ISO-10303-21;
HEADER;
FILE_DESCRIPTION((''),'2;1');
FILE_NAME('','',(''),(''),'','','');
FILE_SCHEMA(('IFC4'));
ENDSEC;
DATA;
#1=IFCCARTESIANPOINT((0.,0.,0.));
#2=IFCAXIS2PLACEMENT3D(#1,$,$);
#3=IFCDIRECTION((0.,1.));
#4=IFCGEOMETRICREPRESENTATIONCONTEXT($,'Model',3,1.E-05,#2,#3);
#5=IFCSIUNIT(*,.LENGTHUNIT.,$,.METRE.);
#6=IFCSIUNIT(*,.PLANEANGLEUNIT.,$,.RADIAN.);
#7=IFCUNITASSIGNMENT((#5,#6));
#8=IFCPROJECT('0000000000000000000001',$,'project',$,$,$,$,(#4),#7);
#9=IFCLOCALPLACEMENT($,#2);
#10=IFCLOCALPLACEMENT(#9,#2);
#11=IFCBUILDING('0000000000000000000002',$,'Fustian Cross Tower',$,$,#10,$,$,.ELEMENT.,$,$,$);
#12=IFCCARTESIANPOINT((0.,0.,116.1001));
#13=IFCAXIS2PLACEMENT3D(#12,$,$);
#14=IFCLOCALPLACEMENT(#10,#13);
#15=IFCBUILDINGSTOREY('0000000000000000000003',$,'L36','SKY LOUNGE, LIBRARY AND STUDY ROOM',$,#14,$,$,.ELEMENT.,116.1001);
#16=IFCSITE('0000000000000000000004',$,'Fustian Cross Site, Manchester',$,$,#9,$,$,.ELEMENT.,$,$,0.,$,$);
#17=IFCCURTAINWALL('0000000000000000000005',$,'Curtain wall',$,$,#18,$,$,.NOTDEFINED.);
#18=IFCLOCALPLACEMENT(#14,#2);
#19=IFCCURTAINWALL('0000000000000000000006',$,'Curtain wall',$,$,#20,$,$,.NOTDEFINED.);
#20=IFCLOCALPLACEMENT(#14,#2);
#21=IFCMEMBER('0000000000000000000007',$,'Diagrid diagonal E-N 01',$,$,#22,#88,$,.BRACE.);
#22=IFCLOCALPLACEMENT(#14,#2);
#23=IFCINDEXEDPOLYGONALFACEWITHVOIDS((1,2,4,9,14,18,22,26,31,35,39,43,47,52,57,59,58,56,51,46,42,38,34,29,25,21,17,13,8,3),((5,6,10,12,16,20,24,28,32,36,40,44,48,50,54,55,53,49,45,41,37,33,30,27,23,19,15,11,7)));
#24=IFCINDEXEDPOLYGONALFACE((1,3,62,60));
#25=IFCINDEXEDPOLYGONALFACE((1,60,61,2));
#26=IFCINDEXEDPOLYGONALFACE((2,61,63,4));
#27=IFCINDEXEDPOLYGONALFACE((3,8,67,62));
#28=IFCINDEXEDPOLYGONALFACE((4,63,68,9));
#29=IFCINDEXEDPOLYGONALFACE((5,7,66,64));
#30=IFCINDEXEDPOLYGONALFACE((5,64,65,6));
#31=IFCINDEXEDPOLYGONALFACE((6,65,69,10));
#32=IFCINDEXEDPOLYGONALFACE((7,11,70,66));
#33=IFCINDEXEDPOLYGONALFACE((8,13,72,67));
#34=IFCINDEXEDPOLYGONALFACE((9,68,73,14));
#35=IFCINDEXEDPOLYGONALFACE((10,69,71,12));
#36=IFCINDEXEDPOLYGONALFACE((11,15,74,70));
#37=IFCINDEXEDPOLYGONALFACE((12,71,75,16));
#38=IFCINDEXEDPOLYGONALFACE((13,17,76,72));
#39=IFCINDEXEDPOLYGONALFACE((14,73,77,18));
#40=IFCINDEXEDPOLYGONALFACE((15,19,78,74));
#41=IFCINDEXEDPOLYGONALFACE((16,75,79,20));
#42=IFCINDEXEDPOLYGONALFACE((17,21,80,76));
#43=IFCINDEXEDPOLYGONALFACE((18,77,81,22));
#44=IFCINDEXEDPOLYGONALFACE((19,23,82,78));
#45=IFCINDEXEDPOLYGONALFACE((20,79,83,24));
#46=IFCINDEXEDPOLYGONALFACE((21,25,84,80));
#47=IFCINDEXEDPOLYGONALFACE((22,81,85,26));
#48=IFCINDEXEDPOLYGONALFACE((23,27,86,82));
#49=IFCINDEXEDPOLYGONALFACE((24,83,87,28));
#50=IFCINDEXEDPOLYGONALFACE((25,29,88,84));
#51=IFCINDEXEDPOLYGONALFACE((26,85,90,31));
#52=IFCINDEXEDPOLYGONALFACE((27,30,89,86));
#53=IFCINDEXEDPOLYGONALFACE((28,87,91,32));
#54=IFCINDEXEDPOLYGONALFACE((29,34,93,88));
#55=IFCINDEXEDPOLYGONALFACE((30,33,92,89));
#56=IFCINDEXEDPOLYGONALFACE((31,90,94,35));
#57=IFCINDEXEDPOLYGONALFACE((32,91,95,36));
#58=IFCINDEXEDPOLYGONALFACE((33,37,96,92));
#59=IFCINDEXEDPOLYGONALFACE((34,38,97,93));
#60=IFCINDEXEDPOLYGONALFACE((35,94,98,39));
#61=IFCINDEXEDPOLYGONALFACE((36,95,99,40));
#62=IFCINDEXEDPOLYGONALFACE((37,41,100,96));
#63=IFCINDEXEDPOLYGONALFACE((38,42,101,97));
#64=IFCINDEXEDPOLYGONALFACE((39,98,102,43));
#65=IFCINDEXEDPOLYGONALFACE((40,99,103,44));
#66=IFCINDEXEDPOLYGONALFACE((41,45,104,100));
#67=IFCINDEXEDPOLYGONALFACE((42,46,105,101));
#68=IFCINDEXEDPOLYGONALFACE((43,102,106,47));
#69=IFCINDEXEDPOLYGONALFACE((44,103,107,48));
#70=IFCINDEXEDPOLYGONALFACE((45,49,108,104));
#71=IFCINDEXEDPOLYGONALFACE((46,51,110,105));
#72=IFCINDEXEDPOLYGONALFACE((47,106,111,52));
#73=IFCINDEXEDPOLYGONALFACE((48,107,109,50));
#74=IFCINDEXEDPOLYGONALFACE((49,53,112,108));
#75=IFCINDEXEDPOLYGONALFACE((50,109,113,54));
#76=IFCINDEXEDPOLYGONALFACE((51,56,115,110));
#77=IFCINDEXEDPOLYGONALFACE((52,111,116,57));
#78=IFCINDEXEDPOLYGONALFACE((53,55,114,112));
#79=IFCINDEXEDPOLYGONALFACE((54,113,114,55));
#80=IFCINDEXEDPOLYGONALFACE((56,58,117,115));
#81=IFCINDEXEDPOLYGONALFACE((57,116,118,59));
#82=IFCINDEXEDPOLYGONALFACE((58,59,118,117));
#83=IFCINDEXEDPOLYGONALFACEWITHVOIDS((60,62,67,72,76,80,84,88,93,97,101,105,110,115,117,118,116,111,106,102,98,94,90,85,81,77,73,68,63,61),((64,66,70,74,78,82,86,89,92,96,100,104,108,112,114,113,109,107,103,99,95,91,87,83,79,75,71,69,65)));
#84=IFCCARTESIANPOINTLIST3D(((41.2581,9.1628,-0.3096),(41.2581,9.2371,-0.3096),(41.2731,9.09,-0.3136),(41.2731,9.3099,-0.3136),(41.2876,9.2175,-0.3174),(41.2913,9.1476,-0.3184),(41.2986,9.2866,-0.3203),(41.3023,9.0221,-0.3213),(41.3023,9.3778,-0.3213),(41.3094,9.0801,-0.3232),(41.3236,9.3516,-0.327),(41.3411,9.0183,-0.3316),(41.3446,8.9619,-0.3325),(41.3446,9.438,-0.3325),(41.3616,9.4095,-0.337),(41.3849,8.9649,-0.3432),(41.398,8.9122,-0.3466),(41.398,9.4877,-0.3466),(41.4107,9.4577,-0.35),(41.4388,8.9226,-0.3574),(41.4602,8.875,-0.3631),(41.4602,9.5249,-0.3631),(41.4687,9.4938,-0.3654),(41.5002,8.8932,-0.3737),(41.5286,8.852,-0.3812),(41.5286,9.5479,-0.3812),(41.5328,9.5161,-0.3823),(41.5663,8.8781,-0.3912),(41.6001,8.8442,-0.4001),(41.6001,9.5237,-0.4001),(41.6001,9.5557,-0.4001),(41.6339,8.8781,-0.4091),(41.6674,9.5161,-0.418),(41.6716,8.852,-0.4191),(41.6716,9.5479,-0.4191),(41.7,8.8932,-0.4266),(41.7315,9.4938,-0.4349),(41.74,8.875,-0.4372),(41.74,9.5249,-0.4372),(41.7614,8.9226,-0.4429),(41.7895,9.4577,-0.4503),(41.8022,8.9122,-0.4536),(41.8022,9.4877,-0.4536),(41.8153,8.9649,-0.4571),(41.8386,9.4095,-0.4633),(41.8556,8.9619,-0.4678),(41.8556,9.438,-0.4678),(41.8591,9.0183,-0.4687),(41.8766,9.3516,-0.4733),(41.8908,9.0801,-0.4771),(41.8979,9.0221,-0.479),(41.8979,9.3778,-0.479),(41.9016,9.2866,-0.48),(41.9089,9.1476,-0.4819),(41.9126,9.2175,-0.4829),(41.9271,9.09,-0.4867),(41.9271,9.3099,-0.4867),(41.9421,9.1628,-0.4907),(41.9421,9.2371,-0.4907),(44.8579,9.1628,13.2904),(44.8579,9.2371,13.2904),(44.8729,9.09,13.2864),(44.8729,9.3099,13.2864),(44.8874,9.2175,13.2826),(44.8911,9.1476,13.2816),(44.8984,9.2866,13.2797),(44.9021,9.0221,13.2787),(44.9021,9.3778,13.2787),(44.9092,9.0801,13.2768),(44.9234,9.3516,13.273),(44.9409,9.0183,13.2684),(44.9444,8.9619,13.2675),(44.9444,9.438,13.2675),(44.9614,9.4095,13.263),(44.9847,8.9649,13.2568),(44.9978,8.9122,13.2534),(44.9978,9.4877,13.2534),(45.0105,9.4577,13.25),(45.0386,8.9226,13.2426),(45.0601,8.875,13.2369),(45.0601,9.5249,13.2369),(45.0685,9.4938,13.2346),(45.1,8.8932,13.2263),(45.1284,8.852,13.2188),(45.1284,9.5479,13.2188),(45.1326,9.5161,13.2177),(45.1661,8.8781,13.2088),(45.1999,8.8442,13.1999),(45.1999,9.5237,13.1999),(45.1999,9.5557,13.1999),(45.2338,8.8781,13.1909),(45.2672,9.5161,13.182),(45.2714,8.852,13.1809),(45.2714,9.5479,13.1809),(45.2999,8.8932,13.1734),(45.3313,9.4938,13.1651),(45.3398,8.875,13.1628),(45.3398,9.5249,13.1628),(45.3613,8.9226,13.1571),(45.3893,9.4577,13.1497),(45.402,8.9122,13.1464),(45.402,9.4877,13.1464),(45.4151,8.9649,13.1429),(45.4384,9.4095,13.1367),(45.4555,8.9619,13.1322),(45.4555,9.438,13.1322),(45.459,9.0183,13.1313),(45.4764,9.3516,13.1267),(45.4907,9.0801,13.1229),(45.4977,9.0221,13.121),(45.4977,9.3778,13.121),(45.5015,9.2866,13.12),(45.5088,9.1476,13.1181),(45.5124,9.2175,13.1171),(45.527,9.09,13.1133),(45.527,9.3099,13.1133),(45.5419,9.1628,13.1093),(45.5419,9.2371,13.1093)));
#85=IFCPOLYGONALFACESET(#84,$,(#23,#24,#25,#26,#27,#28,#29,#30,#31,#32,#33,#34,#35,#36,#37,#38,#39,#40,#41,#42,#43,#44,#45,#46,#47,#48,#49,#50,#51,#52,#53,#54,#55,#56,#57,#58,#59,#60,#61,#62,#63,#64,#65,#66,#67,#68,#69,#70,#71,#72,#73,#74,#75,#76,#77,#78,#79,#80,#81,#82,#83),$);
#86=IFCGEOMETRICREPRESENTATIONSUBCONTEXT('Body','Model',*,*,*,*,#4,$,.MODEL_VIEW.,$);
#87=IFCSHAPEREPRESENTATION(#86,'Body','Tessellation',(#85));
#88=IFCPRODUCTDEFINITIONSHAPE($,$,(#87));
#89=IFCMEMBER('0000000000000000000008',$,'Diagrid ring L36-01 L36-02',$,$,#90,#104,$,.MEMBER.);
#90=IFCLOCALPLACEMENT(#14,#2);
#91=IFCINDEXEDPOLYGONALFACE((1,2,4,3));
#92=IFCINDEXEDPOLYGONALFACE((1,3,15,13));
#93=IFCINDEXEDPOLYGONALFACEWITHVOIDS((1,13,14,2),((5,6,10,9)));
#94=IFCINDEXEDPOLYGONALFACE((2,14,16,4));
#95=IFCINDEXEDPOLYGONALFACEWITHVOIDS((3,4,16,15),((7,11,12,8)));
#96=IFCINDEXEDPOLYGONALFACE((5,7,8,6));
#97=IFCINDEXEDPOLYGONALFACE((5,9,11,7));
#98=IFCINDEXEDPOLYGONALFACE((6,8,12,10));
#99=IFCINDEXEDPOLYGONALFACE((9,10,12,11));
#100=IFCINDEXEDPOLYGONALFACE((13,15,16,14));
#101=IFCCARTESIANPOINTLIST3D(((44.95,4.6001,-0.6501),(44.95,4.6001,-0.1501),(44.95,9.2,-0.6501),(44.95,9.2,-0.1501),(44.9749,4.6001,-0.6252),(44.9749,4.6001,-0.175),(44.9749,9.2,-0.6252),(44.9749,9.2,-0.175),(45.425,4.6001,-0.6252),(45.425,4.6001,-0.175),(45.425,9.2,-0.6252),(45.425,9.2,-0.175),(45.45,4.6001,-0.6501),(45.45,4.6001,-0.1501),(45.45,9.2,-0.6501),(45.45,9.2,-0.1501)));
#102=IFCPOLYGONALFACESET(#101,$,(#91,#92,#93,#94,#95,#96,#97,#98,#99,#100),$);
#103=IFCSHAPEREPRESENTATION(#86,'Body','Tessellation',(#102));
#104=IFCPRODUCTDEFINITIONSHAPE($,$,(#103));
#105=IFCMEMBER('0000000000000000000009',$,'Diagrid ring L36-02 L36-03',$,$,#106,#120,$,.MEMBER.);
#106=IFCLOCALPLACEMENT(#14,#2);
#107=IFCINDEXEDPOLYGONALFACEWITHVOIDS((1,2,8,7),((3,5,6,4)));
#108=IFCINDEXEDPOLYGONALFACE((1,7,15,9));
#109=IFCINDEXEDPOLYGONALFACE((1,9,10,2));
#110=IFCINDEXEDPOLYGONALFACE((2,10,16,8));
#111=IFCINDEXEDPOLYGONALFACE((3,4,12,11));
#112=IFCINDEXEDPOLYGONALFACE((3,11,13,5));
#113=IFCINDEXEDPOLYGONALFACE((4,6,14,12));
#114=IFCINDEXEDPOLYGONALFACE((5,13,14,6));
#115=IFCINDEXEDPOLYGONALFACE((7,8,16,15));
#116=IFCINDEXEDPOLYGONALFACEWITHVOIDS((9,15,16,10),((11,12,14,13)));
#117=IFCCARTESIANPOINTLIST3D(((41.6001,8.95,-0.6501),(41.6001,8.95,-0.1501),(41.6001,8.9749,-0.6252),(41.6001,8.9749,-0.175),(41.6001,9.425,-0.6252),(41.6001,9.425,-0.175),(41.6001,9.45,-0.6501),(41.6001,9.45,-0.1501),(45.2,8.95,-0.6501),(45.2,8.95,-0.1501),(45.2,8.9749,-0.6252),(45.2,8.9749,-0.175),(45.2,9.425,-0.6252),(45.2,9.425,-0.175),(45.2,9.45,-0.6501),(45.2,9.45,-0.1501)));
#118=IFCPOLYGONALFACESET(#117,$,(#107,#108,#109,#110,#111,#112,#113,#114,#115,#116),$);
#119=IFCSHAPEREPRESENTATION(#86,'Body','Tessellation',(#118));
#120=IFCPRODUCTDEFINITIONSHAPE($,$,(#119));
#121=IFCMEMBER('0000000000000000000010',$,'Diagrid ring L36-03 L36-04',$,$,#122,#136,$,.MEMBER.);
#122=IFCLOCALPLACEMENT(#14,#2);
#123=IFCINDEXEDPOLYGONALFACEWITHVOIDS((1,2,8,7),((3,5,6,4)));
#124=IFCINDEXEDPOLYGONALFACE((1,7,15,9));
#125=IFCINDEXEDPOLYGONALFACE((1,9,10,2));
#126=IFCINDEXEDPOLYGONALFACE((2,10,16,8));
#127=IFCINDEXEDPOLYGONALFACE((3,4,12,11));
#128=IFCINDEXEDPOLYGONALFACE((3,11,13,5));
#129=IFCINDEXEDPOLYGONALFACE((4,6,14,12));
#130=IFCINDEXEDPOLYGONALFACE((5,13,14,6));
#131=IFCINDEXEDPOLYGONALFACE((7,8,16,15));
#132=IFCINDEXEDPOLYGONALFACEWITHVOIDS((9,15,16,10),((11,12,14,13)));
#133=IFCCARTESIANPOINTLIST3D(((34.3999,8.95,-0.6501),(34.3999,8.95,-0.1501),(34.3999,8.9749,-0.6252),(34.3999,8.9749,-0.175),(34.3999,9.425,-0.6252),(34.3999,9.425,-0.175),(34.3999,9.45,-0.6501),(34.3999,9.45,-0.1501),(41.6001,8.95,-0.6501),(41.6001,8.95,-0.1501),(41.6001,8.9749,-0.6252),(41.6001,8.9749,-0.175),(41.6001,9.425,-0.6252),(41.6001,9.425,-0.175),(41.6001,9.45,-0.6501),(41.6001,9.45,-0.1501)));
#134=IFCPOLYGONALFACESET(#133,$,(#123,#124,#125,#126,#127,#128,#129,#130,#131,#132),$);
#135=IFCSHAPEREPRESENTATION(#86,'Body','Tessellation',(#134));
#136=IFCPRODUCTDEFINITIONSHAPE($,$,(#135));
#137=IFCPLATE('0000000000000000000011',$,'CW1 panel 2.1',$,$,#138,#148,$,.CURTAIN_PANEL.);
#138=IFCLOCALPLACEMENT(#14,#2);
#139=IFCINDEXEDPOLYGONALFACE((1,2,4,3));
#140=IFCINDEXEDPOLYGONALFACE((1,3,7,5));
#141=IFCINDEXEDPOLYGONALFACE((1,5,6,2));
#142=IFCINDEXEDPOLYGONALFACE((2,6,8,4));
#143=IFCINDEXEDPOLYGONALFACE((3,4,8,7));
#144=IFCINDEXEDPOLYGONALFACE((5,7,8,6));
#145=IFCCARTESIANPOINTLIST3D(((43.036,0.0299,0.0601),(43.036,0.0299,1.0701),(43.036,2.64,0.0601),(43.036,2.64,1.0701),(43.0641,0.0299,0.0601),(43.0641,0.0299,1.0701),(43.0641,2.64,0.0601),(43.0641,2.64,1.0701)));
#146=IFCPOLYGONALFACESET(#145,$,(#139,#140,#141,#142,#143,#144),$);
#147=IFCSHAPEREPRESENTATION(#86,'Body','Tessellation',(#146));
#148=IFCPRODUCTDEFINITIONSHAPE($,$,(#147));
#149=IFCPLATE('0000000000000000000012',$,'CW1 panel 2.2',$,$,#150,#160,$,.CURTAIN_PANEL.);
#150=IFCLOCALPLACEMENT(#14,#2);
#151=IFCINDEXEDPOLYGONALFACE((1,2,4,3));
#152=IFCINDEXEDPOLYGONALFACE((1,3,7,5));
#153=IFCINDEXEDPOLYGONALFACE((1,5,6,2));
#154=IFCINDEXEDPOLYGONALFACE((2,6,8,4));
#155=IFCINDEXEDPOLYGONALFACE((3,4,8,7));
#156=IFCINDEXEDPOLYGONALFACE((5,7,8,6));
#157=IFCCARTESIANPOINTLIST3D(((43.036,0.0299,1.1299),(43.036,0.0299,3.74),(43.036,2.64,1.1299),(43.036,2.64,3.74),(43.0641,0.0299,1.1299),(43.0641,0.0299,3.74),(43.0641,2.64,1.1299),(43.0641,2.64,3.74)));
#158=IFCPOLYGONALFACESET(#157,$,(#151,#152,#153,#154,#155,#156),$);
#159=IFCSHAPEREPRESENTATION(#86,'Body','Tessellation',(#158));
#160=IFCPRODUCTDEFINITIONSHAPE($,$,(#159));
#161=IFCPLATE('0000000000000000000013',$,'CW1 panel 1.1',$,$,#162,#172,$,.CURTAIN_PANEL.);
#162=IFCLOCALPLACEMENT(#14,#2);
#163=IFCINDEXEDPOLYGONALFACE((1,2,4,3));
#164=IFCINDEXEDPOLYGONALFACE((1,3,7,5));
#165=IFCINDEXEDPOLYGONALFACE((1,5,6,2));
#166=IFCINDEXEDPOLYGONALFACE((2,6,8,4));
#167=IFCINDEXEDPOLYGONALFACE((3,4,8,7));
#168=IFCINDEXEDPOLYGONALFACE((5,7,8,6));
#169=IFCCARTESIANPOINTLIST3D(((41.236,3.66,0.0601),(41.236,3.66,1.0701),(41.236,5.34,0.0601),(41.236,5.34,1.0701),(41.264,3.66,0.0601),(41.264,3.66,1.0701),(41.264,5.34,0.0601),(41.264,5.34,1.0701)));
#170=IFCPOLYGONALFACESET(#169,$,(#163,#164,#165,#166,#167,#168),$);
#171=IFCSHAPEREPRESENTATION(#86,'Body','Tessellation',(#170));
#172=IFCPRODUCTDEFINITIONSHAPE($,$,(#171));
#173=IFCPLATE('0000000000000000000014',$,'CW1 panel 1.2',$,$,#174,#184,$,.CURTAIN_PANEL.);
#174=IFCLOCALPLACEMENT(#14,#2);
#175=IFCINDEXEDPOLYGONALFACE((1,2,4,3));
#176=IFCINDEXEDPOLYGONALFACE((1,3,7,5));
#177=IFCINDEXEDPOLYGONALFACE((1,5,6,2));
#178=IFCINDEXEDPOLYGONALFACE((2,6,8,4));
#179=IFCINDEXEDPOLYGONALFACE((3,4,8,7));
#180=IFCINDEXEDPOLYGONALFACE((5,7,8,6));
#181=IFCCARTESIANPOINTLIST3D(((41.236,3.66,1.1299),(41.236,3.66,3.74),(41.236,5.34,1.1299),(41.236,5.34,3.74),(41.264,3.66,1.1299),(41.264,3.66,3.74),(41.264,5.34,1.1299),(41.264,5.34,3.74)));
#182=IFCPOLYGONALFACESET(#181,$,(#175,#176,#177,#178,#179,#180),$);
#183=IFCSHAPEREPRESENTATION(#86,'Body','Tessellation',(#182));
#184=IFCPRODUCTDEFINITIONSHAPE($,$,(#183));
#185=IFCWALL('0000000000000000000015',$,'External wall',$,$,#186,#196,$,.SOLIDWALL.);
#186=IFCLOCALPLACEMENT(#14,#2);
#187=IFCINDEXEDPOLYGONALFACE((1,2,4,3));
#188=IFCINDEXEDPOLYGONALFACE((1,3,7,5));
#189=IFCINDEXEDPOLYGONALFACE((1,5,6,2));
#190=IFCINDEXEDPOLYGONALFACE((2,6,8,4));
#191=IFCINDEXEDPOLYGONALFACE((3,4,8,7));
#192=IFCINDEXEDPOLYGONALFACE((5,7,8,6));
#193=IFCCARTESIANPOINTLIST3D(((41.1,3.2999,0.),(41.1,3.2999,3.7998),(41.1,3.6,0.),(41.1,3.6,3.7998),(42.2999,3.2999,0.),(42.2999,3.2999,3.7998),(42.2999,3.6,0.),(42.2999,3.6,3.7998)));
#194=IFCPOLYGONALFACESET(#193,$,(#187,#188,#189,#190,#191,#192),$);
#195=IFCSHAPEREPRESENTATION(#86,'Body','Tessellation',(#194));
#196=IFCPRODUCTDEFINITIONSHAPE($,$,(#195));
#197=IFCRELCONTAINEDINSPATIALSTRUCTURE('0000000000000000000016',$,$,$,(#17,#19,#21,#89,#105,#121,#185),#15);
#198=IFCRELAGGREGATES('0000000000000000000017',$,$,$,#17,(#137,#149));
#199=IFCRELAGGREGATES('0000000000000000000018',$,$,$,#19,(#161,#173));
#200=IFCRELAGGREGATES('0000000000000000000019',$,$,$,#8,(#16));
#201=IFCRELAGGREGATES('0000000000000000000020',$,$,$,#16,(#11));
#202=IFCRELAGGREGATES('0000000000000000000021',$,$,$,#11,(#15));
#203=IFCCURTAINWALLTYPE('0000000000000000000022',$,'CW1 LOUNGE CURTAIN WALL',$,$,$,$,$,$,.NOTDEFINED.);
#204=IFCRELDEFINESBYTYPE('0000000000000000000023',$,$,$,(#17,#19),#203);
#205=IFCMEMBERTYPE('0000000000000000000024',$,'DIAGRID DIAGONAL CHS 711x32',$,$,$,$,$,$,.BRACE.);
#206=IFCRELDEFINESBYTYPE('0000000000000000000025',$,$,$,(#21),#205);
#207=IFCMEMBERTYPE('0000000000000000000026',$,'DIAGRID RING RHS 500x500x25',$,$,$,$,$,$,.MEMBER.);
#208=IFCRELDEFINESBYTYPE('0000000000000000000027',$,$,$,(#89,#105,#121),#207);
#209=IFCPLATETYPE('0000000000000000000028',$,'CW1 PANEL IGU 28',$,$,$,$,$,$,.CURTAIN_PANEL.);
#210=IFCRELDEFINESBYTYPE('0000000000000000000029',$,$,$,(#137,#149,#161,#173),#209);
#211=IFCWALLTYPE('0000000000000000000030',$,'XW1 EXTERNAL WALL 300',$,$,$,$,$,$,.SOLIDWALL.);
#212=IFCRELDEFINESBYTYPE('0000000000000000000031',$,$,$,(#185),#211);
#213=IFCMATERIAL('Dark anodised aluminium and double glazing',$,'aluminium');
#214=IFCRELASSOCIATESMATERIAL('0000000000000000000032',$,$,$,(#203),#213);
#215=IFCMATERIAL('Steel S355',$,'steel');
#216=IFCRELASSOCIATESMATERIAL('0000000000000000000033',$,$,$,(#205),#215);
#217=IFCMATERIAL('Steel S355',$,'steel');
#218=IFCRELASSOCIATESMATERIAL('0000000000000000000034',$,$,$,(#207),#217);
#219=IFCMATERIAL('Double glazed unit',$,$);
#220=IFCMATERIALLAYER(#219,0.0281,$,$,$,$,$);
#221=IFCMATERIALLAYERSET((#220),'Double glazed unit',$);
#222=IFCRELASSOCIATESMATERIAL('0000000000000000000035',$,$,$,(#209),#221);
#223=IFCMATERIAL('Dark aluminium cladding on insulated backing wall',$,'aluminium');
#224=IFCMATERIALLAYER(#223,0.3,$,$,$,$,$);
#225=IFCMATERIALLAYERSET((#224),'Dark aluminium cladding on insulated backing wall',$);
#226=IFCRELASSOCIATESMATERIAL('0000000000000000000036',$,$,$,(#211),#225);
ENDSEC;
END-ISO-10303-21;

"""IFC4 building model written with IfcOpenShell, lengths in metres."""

from ifc_helpers import new_model, si_unit, direction, frame, frame_2d, origin, origin_2d, place, context, subcontext, project, spatial, rectangle, hollow_rectangle, hollow_circle, extrude, material, layer, layer_set, material_profile, profile_set, type_object, element, aggregate, save


model = new_model("IFC4")

# Units and contexts
model_context = context("Model", 3, precision=1e-05, world=origin(), true_north=direction((0.0, 1.0)))
body_context = subcontext(model_context, "Body", "Model", "MODEL_VIEW")
ifc_project = project(units=[si_unit("LENGTHUNIT", "METRE"), si_unit("PLANEANGLEUNIT", "RADIAN")], contexts=[model_context])

# Site, building, storey
site_placement = place(None, origin())
site = spatial("IfcSite", under=ifc_project, at=site_placement, Name="Fustian Cross Site, Manchester", CompositionType="ELEMENT", RefElevation=0.0)
building_placement = place(site_placement, origin())
building = spatial("IfcBuilding", under=site, at=building_placement, Name="Fustian Cross Tower", CompositionType="ELEMENT")
storey_placement = place(building_placement, frame((0.0, 0.0, 116.1001)))
storey = spatial("IfcBuildingStorey", under=building, at=storey_placement, Name="L36", Description="SKY LOUNGE, LIBRARY AND STUDY ROOM", CompositionType="ELEMENT", Elevation=116.1001)

# Curtain wall
ifc_material_1 = material(Name="Dark anodised aluminium and double glazing", Category="aluminium")
curtain_wall_type = type_object("IfcCurtainWallType", Name="CW1 LOUNGE CURTAIN WALL", PredefinedType="NOTDEFINED", material=ifc_material_1)
curtain_wall_1_placement = place(storey_placement, origin())
curtain_wall_1 = element("IfcCurtainWall", 1, at=curtain_wall_1_placement, inside=storey, type_object=curtain_wall_type, Name="Curtain wall", PredefinedType="NOTDEFINED")

# Curtain wall
curtain_wall_2_placement = place(storey_placement, origin())
curtain_wall_2 = element("IfcCurtainWall", 2, at=curtain_wall_2_placement, inside=storey, type_object=curtain_wall_type, Name="Curtain wall", PredefinedType="NOTDEFINED")

# Members
ifc_material_2 = material(Name="Steel S355", Category="steel")
ifc_material_profile_1 = material_profile(ifc_material_2, hollow_circle(Radius=0.3557, WallThickness=0.032, at=origin_2d()), Name="CHS 711x32")
ifc_profile_set_1 = profile_set([ifc_material_profile_1], Name="Steel S355")
member_type_1 = type_object("IfcMemberType", Name="DIAGRID DIAGONAL CHS 711x32", PredefinedType="BRACE", material=ifc_profile_set_1)
member_1_placement = place(storey_placement, frame((41.6001, 9.2, -0.4001), z_axis=(0.255881, 0.0, 0.966708), x_axis=(0.0, 1.0, 0.0)))
element("IfcMember", 3, at=member_1_placement, inside=storey, type_object=member_type_1, Name="Diagrid diagonal E-N 01", PredefinedType="BRACE", context=body_context, shape_type="SweptSolid", body=[
    extrude(hollow_circle(Radius=0.3557, WallThickness=0.032, at=origin_2d()), origin(), (0.0, 0.0, 1.0), 14.0684),
])
ifc_material_3 = material(Name="Steel S355", Category="steel")
ifc_material_profile_2 = material_profile(ifc_material_3, hollow_rectangle(XDim=0.5, YDim=0.5, WallThickness=0.0249, at=origin_2d()), Name="RHS 500x500x25")
ifc_profile_set_2 = profile_set([ifc_material_profile_2], Name="Steel S355")
member_type_2 = type_object("IfcMemberType", Name="DIAGRID RING RHS 500x500x25", PredefinedType="MEMBER", material=ifc_profile_set_2)
member_2_placement = place(storey_placement, frame((45.2, 4.6001, -0.4001), z_axis=(0.0, 1.0, 0.0), x_axis=(-1.0, 0.0, 0.0)))
element("IfcMember", 4, at=member_2_placement, inside=storey, type_object=member_type_2, Name="Diagrid ring L36-01 L36-02", PredefinedType="MEMBER", context=body_context, shape_type="SweptSolid", body=[
    extrude(hollow_rectangle(XDim=0.5, YDim=0.5, WallThickness=0.0249, at=origin_2d()), origin(), (0.0, 0.0, 1.0), 4.5999),
])
member_3_placement = place(storey_placement, frame((45.2, 9.2, -0.4001), z_axis=(-1.0, 0.0, 0.0), x_axis=(0.0, -1.0, 0.0)))
element("IfcMember", 5, at=member_3_placement, inside=storey, type_object=member_type_2, Name="Diagrid ring L36-02 L36-03", PredefinedType="MEMBER", context=body_context, shape_type="SweptSolid", body=[
    extrude(hollow_rectangle(XDim=0.5, YDim=0.5, WallThickness=0.0249, at=origin_2d()), origin(), (0.0, 0.0, 1.0), 3.5999),
])
member_4_placement = place(storey_placement, frame((41.6001, 9.2, -0.4001), z_axis=(-1.0, 0.0, 0.0), x_axis=(0.0, -1.0, 0.0)))
element("IfcMember", 6, at=member_4_placement, inside=storey, type_object=member_type_2, Name="Diagrid ring L36-03 L36-04", PredefinedType="MEMBER", context=body_context, shape_type="SweptSolid", body=[
    extrude(hollow_rectangle(XDim=0.5, YDim=0.5, WallThickness=0.0249, at=origin_2d()), origin(), (0.0, 0.0, 1.0), 7.2002),
])

# Plates
ifc_material_4 = material(Name="Double glazed unit")
ifc_layer_1 = layer(ifc_material_4, 0.0281)
ifc_layer_set_1 = layer_set([ifc_layer_1], Name="Double glazed unit")
plate_type = type_object("IfcPlateType", Name="CW1 PANEL IGU 28", PredefinedType="CURTAIN_PANEL", material=ifc_layer_set_1)
plate_1_placement = place(storey_placement, frame((43.05, 1.335, 0.0601), z_axis=(0.0, 0.0, 1.0), x_axis=(0.0, 1.0, 0.0)))
plate_1 = element("IfcPlate", 7, at=plate_1_placement, type_object=plate_type, Name="CW1 panel 2.1", PredefinedType="CURTAIN_PANEL", context=body_context, shape_type="SweptSolid", body=[
    extrude(rectangle(XDim=2.6101, YDim=0.0281, at=origin_2d()), origin(), (0.0, 0.0, 1.0), 1.01),
])
plate_2_placement = place(storey_placement, frame((43.05, 1.335, 1.1299), z_axis=(0.0, 0.0, 1.0), x_axis=(0.0, 1.0, 0.0)))
plate_2 = element("IfcPlate", 8, at=plate_2_placement, type_object=plate_type, Name="CW1 panel 2.2", PredefinedType="CURTAIN_PANEL", context=body_context, shape_type="SweptSolid", body=[
    extrude(rectangle(XDim=2.6101, YDim=0.0281, at=origin_2d()), origin(), (0.0, 0.0, 1.0), 2.6101),
])
aggregate(curtain_wall_1, [plate_1, plate_2])
plate_3_placement = place(storey_placement, frame((41.25, 4.5, 0.0601), z_axis=(0.0, 0.0, 1.0), x_axis=(0.0, 1.0, 0.0)))
plate_3 = element("IfcPlate", 9, at=plate_3_placement, type_object=plate_type, Name="CW1 panel 1.1", PredefinedType="CURTAIN_PANEL", context=body_context, shape_type="SweptSolid", body=[
    extrude(rectangle(XDim=1.6799, YDim=0.0281, at=origin_2d()), origin(), (0.0, 0.0, 1.0), 1.01),
])
plate_4_placement = place(storey_placement, frame((41.25, 4.5, 1.1299), z_axis=(0.0, 0.0, 1.0), x_axis=(0.0, 1.0, 0.0)))
plate_4 = element("IfcPlate", 10, at=plate_4_placement, type_object=plate_type, Name="CW1 panel 1.2", PredefinedType="CURTAIN_PANEL", context=body_context, shape_type="SweptSolid", body=[
    extrude(rectangle(XDim=1.6799, YDim=0.0281, at=origin_2d()), origin(), (0.0, 0.0, 1.0), 2.6101),
])
aggregate(curtain_wall_2, [plate_3, plate_4])

# Wall
ifc_material_5 = material(Name="Dark aluminium cladding on insulated backing wall", Category="aluminium")
ifc_layer_2 = layer(ifc_material_5, 0.3)
ifc_layer_set_2 = layer_set([ifc_layer_2], Name="Dark aluminium cladding on insulated backing wall")
wall_type = type_object("IfcWallType", Name="XW1 EXTERNAL WALL 300", PredefinedType="SOLIDWALL", material=ifc_layer_set_2)
wall_placement = place(storey_placement, frame((42.3, 3.45, 0.0), z_axis=(0.0, 0.0, 1.0), x_axis=(-1.0, 0.0, 0.0)))
element("IfcWall", 11, at=wall_placement, inside=storey, type_object=wall_type, Name="External wall", PredefinedType="SOLIDWALL", context=body_context, shape_type="SweptSolid", body=[
    extrude(rectangle(XDim=1.2, YDim=0.3, at=frame_2d((0.6001, 0.0))), origin(), (0.0, 0.0, 1.0), 3.7998),
])

save(model, "model.ifc")
